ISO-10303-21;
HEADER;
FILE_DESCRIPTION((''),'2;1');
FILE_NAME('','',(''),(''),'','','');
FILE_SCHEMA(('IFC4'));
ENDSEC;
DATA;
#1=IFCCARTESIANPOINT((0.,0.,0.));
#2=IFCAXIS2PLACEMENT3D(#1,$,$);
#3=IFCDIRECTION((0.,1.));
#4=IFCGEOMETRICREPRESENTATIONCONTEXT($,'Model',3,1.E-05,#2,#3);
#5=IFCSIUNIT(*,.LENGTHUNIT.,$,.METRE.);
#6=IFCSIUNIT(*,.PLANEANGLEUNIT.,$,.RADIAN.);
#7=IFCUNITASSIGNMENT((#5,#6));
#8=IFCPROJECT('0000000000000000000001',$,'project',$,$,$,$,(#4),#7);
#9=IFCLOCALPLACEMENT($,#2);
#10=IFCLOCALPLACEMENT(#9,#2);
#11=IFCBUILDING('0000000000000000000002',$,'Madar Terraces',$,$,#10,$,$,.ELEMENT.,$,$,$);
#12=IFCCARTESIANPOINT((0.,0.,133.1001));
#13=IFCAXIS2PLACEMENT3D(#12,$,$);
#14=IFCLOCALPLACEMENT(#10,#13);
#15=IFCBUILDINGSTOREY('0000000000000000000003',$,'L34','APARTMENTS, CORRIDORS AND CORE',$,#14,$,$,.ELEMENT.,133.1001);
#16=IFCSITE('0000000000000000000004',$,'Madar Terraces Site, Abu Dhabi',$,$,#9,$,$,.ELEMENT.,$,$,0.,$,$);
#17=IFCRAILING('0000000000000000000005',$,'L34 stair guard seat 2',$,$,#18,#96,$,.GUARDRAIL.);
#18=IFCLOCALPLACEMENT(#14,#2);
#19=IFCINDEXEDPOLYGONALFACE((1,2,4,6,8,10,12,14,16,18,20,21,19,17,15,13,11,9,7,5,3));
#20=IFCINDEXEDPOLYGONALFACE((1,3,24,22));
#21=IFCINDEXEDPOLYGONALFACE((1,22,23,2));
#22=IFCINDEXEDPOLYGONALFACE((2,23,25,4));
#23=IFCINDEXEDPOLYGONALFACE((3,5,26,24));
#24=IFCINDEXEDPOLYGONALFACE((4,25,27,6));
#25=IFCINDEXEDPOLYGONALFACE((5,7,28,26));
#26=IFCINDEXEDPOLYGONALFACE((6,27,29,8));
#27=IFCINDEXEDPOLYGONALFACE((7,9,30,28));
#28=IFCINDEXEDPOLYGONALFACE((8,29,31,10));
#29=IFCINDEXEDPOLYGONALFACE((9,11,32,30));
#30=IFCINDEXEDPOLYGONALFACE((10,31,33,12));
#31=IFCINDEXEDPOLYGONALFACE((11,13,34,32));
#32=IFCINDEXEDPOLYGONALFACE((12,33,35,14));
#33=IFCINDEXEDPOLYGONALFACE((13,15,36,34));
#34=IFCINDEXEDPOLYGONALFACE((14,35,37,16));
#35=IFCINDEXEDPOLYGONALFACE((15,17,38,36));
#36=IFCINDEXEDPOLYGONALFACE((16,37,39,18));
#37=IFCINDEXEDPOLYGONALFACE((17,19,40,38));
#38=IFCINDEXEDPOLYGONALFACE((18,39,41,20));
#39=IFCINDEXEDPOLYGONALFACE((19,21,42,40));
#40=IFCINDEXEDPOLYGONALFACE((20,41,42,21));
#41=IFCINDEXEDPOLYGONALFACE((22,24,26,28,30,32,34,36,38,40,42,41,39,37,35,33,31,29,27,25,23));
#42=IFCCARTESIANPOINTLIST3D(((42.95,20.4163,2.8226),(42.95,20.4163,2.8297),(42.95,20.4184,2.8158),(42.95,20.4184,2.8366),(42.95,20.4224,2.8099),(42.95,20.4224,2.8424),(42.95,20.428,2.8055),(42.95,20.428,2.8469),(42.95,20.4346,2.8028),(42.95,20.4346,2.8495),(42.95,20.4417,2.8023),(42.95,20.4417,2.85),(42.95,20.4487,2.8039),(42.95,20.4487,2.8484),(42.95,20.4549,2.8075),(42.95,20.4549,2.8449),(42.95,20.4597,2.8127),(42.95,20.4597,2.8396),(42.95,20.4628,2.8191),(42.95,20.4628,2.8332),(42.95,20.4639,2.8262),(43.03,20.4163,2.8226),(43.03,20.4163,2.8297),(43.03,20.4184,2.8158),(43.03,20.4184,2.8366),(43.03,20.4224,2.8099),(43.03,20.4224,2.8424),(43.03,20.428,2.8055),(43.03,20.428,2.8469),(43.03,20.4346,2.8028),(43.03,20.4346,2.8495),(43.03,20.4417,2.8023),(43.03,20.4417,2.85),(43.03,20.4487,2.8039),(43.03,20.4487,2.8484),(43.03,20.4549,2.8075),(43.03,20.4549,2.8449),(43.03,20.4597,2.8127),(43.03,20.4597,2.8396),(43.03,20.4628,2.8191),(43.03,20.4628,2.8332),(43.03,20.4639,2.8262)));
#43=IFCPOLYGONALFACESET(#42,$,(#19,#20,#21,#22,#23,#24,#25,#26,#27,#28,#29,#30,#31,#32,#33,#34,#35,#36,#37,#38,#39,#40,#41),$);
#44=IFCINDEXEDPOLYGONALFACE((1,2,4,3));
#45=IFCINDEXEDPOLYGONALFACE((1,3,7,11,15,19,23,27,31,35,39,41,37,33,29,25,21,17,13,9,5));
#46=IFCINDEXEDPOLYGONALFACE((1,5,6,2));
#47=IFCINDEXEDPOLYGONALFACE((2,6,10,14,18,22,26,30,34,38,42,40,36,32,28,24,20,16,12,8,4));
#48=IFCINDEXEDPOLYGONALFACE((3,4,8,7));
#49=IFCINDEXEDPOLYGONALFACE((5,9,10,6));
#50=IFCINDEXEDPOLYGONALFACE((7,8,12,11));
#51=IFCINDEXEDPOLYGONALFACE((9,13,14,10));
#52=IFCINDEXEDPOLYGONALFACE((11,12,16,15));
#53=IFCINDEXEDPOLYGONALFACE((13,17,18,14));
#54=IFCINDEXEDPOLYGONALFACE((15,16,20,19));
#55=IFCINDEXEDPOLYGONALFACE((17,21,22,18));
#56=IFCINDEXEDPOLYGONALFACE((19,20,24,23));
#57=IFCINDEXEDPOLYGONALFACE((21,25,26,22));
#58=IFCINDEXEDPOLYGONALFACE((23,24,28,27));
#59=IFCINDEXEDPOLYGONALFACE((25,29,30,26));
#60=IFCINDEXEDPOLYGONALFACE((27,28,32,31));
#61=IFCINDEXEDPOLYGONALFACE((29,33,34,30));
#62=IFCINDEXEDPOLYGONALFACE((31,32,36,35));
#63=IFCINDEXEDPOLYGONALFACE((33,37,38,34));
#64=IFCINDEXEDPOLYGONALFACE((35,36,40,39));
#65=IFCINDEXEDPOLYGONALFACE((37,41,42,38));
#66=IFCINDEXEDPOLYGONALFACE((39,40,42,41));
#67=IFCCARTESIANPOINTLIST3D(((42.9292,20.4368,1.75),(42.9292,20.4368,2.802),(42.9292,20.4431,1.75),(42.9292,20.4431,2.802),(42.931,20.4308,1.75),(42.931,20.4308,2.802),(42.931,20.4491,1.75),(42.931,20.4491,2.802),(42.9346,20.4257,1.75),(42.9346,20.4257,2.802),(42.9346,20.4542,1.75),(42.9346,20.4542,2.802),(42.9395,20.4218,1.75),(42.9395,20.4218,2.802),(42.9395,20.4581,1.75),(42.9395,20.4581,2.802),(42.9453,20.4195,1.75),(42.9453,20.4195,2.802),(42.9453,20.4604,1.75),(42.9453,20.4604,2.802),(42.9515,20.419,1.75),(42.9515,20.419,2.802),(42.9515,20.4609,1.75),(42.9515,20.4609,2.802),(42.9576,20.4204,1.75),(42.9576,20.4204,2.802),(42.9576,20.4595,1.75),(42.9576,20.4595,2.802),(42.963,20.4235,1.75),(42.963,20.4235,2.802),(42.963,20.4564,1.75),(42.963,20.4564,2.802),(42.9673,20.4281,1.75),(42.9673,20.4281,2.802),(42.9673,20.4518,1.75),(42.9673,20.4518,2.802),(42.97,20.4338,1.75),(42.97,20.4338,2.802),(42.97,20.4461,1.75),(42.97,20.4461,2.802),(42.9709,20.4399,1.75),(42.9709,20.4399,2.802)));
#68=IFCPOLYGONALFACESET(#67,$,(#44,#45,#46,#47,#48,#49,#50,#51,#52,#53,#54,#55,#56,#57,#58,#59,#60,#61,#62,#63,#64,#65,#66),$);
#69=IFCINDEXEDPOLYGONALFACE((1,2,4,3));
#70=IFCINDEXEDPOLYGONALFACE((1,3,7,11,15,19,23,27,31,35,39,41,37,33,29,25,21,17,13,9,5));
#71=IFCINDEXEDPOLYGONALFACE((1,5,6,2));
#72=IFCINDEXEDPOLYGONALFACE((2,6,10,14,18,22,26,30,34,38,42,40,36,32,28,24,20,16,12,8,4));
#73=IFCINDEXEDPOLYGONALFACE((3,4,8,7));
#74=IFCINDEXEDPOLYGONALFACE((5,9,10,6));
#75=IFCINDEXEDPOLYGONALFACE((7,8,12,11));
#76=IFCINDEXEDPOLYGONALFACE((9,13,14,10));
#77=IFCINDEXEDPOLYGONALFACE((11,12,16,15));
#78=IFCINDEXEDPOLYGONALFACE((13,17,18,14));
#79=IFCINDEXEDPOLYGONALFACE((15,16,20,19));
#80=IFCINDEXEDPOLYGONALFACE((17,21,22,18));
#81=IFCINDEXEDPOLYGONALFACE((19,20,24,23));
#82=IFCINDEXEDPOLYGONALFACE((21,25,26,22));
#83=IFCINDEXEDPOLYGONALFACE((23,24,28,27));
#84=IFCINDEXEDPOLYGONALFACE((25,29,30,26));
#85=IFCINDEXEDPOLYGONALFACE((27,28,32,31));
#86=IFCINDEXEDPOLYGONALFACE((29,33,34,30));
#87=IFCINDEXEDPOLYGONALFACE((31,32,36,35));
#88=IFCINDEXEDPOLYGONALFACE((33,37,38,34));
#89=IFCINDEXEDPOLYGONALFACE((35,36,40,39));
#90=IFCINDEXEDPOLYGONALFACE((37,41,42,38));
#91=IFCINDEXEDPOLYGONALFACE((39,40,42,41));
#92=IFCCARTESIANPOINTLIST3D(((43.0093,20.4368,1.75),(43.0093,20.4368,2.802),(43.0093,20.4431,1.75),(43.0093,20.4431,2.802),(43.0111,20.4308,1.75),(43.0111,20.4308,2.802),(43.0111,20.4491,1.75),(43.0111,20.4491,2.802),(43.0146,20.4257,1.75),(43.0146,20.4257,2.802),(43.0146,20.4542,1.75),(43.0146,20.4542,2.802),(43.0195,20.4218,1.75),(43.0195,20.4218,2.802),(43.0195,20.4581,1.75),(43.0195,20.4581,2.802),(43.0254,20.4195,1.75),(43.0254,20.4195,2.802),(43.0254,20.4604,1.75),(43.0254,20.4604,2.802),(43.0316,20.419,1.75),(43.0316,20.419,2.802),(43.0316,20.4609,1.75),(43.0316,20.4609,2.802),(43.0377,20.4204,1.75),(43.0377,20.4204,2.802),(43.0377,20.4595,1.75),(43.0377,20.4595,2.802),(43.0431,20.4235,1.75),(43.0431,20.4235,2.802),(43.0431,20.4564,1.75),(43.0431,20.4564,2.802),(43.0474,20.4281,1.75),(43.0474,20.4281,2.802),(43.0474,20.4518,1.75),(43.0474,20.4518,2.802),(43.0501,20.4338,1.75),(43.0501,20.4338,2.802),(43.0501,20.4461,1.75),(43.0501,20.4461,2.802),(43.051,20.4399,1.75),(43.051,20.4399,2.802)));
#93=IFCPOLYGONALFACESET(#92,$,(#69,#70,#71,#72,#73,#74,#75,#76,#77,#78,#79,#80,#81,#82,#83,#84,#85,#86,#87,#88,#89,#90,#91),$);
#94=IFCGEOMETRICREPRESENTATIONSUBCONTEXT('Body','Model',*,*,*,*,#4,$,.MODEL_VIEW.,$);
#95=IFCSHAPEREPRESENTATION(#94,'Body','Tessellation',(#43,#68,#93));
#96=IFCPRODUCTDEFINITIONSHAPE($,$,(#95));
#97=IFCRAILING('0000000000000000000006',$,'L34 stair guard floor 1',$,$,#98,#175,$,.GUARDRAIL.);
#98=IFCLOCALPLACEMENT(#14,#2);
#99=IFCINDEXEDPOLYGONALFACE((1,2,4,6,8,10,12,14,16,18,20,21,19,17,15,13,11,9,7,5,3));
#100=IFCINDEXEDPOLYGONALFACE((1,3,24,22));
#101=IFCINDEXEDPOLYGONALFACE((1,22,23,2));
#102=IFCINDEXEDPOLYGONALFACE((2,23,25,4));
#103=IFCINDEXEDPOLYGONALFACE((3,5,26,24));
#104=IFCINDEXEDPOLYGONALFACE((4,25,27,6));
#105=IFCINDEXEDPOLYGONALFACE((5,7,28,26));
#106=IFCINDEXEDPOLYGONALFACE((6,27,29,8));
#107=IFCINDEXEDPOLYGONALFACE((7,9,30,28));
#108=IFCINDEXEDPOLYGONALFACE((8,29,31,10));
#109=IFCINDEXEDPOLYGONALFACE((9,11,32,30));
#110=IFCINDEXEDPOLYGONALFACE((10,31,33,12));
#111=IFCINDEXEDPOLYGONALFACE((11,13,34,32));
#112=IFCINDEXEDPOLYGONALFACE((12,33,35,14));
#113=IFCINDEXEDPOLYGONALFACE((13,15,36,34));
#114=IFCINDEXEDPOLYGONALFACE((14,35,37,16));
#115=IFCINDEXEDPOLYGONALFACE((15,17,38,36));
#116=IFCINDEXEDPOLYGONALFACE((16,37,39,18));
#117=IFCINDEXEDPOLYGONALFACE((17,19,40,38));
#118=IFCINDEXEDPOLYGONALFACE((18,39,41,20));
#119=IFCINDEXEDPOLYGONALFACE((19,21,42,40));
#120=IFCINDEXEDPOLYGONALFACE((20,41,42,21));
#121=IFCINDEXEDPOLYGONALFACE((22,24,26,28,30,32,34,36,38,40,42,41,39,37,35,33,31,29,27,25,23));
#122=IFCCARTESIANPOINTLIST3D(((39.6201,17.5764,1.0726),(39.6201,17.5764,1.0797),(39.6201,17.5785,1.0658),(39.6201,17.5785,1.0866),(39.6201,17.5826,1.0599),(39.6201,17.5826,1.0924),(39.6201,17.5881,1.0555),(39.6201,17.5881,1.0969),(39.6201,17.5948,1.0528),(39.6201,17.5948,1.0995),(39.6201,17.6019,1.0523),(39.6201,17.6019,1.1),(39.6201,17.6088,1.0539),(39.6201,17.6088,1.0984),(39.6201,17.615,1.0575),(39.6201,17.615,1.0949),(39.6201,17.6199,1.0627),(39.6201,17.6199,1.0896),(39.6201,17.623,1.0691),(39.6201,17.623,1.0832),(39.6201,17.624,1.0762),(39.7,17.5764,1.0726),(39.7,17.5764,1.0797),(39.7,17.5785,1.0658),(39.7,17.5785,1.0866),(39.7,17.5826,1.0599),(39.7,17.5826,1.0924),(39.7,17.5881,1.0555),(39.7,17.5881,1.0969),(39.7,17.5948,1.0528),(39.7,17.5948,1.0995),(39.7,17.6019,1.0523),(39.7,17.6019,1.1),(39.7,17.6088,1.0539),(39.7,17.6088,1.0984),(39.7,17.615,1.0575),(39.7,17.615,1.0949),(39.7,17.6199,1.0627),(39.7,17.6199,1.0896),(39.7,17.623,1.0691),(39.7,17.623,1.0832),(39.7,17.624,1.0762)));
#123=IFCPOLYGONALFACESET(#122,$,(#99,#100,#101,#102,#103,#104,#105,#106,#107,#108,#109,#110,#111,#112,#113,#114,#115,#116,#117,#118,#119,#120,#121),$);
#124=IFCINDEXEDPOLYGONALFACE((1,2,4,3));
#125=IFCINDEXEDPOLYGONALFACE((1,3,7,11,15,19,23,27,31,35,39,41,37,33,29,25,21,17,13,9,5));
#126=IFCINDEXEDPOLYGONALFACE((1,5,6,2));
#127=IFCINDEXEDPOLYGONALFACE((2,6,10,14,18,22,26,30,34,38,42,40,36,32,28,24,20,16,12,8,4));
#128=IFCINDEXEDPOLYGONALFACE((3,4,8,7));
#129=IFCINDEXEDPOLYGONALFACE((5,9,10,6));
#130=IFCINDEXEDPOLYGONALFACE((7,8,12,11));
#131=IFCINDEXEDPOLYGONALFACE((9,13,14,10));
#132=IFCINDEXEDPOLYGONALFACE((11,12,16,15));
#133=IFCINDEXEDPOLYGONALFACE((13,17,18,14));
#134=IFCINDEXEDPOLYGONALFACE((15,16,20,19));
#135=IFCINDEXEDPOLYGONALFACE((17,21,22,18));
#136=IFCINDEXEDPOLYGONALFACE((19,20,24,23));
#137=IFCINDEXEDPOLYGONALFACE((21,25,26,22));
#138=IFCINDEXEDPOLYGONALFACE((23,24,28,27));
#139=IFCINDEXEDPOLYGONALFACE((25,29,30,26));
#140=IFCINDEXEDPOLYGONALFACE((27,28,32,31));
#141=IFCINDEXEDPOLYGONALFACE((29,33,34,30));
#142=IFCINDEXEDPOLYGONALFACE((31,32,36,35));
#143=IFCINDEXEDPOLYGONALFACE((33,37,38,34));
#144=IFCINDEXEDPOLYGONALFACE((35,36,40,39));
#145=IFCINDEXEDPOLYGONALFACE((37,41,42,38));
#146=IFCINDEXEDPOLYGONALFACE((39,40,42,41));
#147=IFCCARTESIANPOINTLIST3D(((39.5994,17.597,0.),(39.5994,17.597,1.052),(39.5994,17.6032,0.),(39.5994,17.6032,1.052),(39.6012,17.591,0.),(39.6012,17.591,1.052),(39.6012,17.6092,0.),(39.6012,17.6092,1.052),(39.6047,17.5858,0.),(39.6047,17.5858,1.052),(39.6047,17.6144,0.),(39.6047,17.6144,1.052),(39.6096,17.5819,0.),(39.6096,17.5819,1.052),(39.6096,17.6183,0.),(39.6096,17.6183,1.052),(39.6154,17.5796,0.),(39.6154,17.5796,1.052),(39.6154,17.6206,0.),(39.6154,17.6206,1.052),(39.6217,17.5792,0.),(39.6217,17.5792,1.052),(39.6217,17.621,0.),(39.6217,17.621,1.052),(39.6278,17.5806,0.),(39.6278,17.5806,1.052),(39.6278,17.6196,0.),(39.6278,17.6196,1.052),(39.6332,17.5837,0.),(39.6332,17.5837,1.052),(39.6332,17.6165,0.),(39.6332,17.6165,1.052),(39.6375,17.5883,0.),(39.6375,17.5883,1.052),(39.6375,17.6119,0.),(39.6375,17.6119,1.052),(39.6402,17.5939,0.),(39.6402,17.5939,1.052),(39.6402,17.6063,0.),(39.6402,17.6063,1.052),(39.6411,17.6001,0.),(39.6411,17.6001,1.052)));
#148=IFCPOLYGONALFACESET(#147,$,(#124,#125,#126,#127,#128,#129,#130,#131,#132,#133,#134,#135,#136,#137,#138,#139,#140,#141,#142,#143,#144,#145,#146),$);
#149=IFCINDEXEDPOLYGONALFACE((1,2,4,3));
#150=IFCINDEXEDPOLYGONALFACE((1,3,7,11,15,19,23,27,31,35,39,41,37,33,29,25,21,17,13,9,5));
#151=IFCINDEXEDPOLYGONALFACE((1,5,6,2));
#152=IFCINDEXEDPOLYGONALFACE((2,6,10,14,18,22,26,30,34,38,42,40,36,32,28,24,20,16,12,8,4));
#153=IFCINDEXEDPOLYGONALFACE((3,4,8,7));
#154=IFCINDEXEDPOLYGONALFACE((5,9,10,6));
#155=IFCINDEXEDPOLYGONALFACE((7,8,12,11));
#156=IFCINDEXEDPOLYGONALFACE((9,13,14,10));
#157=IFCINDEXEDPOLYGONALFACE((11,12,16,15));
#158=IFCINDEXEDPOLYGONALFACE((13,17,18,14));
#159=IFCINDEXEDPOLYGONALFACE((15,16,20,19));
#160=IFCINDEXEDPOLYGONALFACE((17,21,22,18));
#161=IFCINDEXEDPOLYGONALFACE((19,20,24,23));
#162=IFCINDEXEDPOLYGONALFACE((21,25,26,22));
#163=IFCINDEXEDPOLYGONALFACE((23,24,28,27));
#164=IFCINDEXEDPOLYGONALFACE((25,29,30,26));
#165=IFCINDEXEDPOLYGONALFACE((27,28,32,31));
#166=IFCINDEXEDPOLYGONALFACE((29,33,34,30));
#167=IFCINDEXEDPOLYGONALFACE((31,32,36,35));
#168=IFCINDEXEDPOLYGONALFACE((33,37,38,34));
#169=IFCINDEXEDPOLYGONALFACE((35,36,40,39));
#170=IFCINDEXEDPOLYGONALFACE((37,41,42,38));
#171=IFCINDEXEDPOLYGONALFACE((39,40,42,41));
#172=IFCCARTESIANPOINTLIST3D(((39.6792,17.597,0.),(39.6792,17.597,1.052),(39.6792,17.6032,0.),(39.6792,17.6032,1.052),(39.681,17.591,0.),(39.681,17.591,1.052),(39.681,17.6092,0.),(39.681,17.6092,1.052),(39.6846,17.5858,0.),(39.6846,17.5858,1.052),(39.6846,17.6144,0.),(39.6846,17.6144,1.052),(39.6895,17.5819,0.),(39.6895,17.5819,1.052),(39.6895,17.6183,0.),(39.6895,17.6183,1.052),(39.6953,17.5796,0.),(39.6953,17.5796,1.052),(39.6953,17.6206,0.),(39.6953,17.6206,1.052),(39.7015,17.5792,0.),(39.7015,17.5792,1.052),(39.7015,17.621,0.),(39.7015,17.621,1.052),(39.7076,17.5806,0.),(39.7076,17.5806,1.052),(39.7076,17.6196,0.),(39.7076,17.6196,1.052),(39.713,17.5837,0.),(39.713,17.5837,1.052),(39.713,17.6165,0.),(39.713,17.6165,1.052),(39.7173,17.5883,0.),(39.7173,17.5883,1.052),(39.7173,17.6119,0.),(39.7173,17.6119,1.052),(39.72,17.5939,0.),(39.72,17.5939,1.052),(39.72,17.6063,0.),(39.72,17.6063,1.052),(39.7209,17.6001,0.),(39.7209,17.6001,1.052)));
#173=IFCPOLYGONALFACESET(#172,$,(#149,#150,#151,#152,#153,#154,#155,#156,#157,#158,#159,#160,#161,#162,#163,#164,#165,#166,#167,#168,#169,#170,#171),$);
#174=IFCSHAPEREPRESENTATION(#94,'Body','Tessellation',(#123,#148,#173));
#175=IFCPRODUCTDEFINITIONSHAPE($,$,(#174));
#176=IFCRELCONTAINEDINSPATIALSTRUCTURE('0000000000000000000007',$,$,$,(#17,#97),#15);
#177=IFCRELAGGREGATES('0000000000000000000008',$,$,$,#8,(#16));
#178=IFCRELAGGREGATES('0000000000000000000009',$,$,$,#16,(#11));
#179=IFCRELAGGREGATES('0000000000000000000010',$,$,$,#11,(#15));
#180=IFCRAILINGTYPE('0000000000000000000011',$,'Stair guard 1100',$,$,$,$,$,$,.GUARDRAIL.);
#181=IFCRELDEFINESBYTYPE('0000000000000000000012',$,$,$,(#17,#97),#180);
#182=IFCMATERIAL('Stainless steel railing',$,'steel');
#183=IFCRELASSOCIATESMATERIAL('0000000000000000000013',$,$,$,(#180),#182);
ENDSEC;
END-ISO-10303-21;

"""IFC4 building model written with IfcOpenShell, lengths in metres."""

from ifc_helpers import new_model, si_unit, direction, frame, origin, origin_2d, place, context, subcontext, project, spatial, circle, extrude, material, type_object, element, save


model = new_model("IFC4")

# Units and contexts
model_context = context("Model", 3, precision=1e-05, world=origin(), true_north=direction((0.0, 1.0)))
body_context = subcontext(model_context, "Body", "Model", "MODEL_VIEW")
ifc_project = project(units=[si_unit("LENGTHUNIT", "METRE"), si_unit("PLANEANGLEUNIT", "RADIAN")], contexts=[model_context])

# Site, building, storey
site_placement = place(None, origin())
site = spatial("IfcSite", under=ifc_project, at=site_placement, Name="Madar Terraces Site, Abu Dhabi", CompositionType="ELEMENT", RefElevation=0.0)
building_placement = place(site_placement, origin())
building = spatial("IfcBuilding", under=site, at=building_placement, Name="Madar Terraces", CompositionType="ELEMENT")
storey_placement = place(building_placement, frame((0.0, 0.0, 133.1001)))
storey = spatial("IfcBuildingStorey", under=building, at=storey_placement, Name="L34", Description="APARTMENTS, CORRIDORS AND CORE", CompositionType="ELEMENT", Elevation=133.1001)

# Railings
ifc_material_1 = material(Name="Stainless steel railing", Category="steel")
railing_type_1 = type_object("IfcRailingType", Name="Stair guard 1100", PredefinedType="GUARDRAIL", material=ifc_material_1)
railing_1_placement = place(storey_placement, frame((42.95, 20.4399, 1.75)))
element("IfcRailing", 1, at=railing_1_placement, inside=storey, type_object=railing_type_1, Name="L34 stair guard seat 2", PredefinedType="GUARDRAIL", context=body_context, shape_type="SweptSolid", body=[
    extrude(circle(Radius=0.0239, at=origin_2d()), frame((0.0, 0.0, 1.0762), z_axis=(1.0, 0.0, 0.0), x_axis=(0.0, 1.0, 0.0)), (0.0, 0.0, 1.0), 0.0801),
    extrude(circle(Radius=0.021, at=origin_2d()), origin(), (0.0, 0.0, 1.0), 1.052),
    extrude(circle(Radius=0.021, at=origin_2d()), frame((0.0801, 0.0, 0.0)), (0.0, 0.0, 1.0), 1.052),
])
railing_2_placement = place(storey_placement, frame((39.6201, 17.6001, 0.0)))
element("IfcRailing", 2, at=railing_2_placement, inside=storey, type_object=railing_type_1, Name="L34 stair guard floor 1", PredefinedType="GUARDRAIL", context=body_context, shape_type="SweptSolid", body=[
    extrude(circle(Radius=0.0239, at=origin_2d()), frame((0.0, 0.0, 1.0762), z_axis=(1.0, 0.0, 0.0), x_axis=(0.0, 1.0, 0.0)), (0.0, 0.0, 1.0), 0.0798),
    extrude(circle(Radius=0.021, at=origin_2d()), origin(), (0.0, 0.0, 1.0), 1.052),
    extrude(circle(Radius=0.021, at=origin_2d()), frame((0.0798, 0.0, 0.0)), (0.0, 0.0, 1.0), 1.052),
])

save(model, "model.ifc")
